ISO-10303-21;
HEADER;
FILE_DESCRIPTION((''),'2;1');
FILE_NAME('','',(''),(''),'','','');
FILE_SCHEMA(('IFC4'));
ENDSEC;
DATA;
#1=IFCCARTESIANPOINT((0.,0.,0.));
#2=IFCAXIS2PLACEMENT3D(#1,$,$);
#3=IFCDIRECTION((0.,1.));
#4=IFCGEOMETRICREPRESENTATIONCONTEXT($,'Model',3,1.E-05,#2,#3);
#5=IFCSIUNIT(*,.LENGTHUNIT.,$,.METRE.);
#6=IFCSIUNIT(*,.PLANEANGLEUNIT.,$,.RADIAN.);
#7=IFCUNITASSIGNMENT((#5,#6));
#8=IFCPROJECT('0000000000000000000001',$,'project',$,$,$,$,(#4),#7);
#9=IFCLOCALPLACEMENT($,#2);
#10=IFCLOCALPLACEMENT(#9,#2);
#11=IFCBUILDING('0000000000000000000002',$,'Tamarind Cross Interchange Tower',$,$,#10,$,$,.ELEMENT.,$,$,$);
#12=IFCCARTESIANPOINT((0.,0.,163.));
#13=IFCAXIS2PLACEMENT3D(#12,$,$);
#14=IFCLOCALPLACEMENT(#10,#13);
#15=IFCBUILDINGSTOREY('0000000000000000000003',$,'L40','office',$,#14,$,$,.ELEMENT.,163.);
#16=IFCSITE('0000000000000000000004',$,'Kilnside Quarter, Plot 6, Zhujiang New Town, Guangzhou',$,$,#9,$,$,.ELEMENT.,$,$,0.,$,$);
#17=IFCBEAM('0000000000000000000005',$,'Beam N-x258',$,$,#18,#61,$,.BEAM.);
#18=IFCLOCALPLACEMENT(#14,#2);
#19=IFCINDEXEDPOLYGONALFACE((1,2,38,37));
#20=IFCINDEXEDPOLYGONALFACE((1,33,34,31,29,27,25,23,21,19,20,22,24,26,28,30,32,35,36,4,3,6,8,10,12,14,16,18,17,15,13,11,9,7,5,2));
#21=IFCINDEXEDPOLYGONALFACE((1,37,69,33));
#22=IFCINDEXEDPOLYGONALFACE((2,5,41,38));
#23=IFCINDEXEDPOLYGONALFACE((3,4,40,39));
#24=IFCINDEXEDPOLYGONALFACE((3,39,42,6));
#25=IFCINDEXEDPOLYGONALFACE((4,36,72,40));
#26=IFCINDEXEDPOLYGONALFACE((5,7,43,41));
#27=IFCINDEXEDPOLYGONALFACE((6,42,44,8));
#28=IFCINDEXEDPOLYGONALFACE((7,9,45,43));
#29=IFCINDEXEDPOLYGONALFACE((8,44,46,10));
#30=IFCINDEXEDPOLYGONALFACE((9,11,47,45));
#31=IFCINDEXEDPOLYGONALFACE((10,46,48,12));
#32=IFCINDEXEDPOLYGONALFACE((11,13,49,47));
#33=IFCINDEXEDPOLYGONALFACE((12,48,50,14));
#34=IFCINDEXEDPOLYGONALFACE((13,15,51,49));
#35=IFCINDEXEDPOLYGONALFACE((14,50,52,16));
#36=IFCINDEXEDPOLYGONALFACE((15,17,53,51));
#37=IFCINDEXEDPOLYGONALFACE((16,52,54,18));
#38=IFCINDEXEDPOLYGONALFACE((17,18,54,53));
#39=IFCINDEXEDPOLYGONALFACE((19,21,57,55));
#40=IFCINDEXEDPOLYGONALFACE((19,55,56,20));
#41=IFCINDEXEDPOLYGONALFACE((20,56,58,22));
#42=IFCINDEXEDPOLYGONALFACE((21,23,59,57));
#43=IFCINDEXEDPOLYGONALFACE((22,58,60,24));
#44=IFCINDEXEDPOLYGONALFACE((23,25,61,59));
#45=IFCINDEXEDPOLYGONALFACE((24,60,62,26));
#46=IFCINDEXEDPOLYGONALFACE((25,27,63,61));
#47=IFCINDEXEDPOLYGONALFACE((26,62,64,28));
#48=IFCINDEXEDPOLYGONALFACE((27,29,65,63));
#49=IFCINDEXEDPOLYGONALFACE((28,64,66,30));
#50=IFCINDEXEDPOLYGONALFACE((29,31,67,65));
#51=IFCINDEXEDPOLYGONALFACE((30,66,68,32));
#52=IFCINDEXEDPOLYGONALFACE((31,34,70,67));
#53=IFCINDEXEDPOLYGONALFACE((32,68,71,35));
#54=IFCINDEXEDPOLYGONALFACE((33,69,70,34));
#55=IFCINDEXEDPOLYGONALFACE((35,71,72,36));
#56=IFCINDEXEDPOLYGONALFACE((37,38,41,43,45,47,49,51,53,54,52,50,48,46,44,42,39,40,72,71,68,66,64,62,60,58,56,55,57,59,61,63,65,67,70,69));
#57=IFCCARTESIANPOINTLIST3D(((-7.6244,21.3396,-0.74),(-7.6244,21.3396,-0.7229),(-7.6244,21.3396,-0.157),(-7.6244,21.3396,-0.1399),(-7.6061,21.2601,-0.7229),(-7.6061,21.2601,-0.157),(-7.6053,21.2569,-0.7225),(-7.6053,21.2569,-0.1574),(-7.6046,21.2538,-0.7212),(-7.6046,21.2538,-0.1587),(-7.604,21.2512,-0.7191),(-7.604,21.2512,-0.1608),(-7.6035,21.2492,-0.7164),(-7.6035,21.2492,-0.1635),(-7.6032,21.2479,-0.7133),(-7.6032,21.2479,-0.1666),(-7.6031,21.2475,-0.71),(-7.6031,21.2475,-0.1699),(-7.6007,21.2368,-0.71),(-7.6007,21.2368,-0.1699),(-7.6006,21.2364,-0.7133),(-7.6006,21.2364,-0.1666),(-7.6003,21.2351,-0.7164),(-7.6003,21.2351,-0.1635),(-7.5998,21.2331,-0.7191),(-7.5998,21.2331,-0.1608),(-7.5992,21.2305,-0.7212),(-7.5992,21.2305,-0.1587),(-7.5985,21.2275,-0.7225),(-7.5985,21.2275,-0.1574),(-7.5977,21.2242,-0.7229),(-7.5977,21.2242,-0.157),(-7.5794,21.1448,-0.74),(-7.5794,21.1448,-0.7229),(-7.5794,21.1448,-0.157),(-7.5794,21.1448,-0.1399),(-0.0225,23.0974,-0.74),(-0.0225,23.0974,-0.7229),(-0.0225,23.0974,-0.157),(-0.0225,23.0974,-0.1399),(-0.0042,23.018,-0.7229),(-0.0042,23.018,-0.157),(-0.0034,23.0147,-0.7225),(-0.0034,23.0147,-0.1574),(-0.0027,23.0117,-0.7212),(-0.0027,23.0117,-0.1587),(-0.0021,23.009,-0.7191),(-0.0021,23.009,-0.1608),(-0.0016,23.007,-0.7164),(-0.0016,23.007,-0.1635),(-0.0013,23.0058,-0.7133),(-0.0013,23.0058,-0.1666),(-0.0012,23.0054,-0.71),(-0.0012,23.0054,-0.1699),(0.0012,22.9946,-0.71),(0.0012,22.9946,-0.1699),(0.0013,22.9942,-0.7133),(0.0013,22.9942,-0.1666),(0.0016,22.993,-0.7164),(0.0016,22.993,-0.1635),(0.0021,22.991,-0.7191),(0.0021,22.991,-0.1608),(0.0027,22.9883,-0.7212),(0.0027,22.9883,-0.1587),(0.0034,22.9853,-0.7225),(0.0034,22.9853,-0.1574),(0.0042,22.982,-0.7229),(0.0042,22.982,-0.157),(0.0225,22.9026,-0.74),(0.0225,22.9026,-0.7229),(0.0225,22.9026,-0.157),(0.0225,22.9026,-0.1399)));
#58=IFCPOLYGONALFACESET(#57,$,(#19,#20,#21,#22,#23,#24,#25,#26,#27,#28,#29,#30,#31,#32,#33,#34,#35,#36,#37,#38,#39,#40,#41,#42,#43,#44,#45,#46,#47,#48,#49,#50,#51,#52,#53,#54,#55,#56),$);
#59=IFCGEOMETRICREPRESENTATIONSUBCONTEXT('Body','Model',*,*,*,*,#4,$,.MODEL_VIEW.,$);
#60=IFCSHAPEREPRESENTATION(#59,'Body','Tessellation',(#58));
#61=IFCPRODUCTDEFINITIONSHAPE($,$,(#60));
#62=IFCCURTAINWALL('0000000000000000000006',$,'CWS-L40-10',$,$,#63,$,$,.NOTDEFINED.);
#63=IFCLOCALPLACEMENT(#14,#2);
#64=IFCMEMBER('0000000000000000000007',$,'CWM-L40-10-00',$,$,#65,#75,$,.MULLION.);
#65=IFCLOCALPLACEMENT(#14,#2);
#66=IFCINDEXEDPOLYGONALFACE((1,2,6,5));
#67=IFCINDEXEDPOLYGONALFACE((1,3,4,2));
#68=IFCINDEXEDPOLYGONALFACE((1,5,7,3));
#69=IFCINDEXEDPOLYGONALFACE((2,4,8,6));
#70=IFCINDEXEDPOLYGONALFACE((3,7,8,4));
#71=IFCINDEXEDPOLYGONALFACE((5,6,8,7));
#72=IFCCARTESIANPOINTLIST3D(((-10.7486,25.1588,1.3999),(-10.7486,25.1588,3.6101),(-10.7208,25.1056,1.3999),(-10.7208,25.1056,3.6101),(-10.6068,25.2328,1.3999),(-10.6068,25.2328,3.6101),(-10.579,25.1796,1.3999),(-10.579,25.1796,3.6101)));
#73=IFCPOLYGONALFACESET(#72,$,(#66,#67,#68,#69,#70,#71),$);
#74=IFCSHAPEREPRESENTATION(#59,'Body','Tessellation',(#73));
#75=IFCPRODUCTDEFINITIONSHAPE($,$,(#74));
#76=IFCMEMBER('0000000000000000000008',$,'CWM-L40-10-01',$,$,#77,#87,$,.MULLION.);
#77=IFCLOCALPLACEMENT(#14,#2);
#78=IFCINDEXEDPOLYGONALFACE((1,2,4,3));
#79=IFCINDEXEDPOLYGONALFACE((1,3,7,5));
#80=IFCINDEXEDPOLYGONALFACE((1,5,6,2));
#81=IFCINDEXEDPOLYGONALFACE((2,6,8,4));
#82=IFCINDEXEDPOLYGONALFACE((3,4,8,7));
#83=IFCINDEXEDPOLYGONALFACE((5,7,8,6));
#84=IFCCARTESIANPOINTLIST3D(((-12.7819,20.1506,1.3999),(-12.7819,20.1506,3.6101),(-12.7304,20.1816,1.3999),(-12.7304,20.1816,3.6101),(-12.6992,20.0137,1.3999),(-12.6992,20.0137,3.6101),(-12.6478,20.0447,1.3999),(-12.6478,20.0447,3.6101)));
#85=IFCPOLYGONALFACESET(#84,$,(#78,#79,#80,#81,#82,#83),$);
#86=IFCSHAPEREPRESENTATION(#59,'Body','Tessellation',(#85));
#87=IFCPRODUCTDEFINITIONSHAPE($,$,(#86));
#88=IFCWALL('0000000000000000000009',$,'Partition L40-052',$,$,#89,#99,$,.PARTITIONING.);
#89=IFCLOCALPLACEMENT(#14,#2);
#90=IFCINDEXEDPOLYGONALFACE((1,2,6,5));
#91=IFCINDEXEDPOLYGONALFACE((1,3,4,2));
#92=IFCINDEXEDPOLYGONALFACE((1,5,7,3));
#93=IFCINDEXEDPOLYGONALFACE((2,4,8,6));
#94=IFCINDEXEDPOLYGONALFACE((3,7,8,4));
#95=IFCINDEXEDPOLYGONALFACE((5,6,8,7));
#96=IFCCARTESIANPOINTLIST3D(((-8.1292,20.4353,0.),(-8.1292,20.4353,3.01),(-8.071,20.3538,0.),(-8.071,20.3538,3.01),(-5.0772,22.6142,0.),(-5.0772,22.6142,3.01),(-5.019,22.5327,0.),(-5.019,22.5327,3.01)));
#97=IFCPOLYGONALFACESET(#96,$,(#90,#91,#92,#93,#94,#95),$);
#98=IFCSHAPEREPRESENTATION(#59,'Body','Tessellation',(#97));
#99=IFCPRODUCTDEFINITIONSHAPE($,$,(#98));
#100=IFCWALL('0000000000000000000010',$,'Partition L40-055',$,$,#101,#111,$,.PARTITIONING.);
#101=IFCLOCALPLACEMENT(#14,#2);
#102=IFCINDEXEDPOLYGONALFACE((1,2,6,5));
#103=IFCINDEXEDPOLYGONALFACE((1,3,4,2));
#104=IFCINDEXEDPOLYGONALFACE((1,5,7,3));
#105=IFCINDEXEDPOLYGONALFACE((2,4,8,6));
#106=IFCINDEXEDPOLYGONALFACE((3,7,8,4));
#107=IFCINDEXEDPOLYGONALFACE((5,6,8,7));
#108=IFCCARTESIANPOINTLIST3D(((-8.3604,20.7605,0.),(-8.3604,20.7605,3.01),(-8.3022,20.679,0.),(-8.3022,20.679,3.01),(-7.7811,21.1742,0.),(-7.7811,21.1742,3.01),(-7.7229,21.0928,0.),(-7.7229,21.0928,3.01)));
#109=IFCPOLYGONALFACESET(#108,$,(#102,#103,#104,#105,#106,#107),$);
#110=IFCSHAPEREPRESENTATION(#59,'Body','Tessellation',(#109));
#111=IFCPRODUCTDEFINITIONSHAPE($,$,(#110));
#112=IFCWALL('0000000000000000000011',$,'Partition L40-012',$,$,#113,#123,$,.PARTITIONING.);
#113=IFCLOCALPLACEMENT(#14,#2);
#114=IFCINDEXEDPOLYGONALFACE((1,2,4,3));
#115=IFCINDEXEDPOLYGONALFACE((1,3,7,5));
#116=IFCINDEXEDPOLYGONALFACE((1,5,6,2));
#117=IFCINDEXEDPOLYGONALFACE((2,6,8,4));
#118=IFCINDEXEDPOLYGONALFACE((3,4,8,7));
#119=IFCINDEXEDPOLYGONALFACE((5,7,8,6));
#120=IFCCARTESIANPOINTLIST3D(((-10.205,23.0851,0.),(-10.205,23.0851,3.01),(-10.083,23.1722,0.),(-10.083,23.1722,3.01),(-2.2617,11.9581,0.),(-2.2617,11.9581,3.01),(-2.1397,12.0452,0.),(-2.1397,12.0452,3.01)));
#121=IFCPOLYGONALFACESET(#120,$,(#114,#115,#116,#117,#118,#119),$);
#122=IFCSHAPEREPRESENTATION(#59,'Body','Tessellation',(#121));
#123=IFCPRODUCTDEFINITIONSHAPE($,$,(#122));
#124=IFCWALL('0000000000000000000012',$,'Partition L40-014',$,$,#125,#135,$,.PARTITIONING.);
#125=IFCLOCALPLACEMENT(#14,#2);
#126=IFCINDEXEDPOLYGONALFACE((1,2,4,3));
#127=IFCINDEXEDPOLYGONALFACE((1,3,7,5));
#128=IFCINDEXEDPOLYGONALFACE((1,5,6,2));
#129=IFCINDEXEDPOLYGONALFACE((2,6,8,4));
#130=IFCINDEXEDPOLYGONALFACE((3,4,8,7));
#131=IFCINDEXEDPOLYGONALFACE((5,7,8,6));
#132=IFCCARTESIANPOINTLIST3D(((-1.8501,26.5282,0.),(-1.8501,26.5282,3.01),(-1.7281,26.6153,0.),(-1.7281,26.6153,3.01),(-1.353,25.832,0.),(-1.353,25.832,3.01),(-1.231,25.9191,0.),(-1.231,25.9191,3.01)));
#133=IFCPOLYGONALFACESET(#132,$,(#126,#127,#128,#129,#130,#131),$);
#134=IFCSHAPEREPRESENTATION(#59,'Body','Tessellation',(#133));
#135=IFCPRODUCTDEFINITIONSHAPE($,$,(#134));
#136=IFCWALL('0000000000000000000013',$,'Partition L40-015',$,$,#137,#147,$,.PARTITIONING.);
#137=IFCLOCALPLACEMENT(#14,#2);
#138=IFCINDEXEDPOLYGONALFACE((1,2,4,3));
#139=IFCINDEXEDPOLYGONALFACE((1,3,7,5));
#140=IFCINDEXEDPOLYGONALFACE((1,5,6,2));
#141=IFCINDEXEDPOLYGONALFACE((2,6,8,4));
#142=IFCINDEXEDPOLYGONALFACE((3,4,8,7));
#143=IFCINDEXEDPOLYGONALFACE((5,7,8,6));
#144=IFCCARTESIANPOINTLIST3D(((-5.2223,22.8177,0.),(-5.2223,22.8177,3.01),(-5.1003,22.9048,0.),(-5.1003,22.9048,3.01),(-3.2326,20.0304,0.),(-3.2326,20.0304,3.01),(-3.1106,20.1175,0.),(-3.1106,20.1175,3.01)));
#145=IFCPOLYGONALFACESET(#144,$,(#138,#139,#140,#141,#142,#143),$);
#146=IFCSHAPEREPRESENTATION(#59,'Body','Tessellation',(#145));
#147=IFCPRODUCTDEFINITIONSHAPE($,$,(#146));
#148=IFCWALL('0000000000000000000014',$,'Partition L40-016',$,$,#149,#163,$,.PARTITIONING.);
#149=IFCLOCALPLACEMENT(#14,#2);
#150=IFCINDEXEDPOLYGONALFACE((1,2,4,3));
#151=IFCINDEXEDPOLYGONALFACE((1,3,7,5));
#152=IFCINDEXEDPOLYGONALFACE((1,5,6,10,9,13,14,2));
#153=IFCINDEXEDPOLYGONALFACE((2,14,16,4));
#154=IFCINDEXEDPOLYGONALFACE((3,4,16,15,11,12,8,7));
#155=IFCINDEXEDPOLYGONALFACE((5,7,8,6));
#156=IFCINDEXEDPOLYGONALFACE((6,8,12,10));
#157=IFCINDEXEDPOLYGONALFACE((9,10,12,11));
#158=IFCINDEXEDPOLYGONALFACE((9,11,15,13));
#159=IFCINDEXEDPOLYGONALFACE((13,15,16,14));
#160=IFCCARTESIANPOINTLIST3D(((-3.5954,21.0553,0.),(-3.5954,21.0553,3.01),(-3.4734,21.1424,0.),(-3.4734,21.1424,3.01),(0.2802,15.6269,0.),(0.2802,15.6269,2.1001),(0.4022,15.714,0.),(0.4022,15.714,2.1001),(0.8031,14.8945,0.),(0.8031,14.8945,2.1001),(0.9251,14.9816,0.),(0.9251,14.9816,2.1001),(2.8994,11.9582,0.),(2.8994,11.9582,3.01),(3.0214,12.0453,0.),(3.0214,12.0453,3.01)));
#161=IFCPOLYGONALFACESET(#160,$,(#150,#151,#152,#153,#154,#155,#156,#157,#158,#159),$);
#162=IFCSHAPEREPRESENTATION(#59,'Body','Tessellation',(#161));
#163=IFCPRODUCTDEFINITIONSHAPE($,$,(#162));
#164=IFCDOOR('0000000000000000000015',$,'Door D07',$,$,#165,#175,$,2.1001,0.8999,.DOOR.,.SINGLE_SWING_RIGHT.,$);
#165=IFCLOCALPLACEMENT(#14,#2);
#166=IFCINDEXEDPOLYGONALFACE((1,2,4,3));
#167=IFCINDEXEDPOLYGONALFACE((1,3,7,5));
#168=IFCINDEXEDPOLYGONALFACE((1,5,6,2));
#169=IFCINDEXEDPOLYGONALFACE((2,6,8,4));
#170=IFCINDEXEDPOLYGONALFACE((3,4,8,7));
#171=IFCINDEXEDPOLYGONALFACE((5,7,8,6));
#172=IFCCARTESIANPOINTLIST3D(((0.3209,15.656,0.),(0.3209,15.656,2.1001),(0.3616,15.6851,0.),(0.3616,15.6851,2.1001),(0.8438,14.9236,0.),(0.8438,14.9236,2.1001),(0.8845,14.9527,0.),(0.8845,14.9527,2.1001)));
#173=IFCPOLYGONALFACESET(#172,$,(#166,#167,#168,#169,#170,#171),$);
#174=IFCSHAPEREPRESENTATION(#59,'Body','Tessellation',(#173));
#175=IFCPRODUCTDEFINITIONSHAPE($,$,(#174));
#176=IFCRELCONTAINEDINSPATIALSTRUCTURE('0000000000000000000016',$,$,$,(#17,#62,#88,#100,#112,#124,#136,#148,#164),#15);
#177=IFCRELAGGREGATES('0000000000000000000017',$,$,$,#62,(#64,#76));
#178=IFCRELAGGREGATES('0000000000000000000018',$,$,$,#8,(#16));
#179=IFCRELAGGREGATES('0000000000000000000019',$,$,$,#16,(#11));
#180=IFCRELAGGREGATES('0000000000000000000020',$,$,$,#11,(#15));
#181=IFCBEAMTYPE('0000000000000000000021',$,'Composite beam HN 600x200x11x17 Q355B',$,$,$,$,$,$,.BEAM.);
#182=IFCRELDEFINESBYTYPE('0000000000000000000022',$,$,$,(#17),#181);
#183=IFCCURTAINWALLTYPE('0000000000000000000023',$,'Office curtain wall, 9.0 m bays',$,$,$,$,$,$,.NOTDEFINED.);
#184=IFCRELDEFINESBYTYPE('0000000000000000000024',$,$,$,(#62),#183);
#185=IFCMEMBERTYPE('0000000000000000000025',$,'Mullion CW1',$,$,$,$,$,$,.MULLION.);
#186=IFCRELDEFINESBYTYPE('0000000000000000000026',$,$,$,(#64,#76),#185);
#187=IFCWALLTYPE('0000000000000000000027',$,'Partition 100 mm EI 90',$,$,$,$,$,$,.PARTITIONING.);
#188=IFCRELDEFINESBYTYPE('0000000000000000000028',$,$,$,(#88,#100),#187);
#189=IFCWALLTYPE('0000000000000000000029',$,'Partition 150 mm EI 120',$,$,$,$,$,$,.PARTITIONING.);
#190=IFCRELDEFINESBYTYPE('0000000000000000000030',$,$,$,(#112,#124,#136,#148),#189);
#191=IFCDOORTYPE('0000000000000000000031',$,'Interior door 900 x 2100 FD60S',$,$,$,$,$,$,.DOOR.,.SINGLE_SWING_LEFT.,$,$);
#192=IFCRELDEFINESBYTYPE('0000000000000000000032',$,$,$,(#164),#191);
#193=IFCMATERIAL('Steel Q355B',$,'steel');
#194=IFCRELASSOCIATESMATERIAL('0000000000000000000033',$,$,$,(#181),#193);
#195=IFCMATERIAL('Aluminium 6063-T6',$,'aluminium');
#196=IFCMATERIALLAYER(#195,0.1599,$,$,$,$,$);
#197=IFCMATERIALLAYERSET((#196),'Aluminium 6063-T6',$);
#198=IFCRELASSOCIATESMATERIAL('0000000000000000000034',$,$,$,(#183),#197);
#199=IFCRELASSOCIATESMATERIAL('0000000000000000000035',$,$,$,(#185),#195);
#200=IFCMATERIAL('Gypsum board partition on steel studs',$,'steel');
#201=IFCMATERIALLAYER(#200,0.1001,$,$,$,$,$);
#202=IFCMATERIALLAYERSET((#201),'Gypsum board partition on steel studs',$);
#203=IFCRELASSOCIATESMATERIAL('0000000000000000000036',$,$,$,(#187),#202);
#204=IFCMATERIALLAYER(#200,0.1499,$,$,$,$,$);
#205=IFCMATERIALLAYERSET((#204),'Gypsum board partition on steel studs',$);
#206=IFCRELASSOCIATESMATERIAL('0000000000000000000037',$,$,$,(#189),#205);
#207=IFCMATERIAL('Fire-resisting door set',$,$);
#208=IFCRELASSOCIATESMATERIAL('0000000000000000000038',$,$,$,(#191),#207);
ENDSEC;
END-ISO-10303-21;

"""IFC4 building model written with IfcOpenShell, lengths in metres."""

from ifc_helpers import new_model, si_unit, direction, frame, frame_2d, origin, origin_2d, place, context, subcontext, project, spatial, rectangle, i_section, extrude, material, layer, layer_set, material_profile, profile_set, type_object, element, fill, aggregate, save


model = new_model("IFC4")

# Units and contexts
model_context = context("Model", 3, precision=1e-05, world=origin(), true_north=direction((0.0, 1.0)))
body_context = subcontext(model_context, "Body", "Model", "MODEL_VIEW")
ifc_project = project(units=[si_unit("LENGTHUNIT", "METRE"), si_unit("PLANEANGLEUNIT", "RADIAN")], contexts=[model_context])

# Site, building, storey
site_placement = place(None, origin())
site = spatial("IfcSite", under=ifc_project, at=site_placement, Name="Kilnside Quarter, Plot 6, Zhujiang New Town, Guangzhou", CompositionType="ELEMENT", RefElevation=0.0)
building_placement = place(site_placement, origin())
building = spatial("IfcBuilding", under=site, at=building_placement, Name="Tamarind Cross Interchange Tower", CompositionType="ELEMENT")
storey_placement = place(building_placement, frame((0.0, 0.0, 163.0)))
storey = spatial("IfcBuildingStorey", under=building, at=storey_placement, Name="L40", Description="office", CompositionType="ELEMENT", Elevation=163.0)

# Beam
ifc_material_1 = material(Name="Steel Q355B", Category="steel")
ifc_material_profile_1 = material_profile(ifc_material_1, i_section(OverallWidth=0.2, OverallDepth=0.6001, WebThickness=0.011, FlangeThickness=0.0171, FilletRadius=0.0129, at=origin_2d()), Name="HN 600x200x11x17")
ifc_profile_set_1 = profile_set([ifc_material_profile_1], Name="Steel Q355B")
beam_type_1 = type_object("IfcBeamType", Name="Composite beam HN 600x200x11x17 Q355B", PredefinedType="BEAM", material=ifc_profile_set_1)
beam_1_placement = place(storey_placement, frame((0.0, 23.0, -0.4399), z_axis=(-0.974291, -0.225291, 0.0), x_axis=(0.225291, -0.974291, 0.0)))
element("IfcBeam", 1, at=beam_1_placement, inside=storey, type_object=beam_type_1, Name="Beam N-x258", PredefinedType="BEAM", context=body_context, shape_type="SweptSolid", body=[
    extrude(i_section(OverallWidth=0.2, OverallDepth=0.6001, WebThickness=0.011, FlangeThickness=0.0171, FilletRadius=0.0129, at=origin_2d()), origin(), (0.0, 0.0, 1.0), 7.8025),
])

# Curtain wall, members
ifc_material_2 = material(Name="Aluminium 6063-T6", Category="aluminium")
ifc_layer_1 = layer(ifc_material_2, 0.1599)
ifc_layer_set_1 = layer_set([ifc_layer_1], Name="Aluminium 6063-T6")
curtain_wall_type = type_object("IfcCurtainWallType", Name="Office curtain wall, 9.0 m bays", PredefinedType="NOTDEFINED", material=ifc_layer_set_1)
curtain_wall_placement = place(storey_placement, origin())
curtain_wall = element("IfcCurtainWall", 2, at=curtain_wall_placement, inside=storey, type_object=curtain_wall_type, Name="CWS-L40-10", PredefinedType="NOTDEFINED")
ifc_material_profile_2 = material_profile(ifc_material_2, rectangle(XDim=0.0601, YDim=0.1599, at=origin_2d()), Name="Mullion CW1")
ifc_profile_set_2 = profile_set([ifc_material_profile_2], Name="Aluminium 6063-T6")
member_type = type_object("IfcMemberType", Name="Mullion CW1", PredefinedType="MULLION", material=ifc_profile_set_2)
member_1_placement = place(storey_placement, frame((-10.6638, 25.1692, 1.3999), z_axis=(0.0, 0.0, 1.0), x_axis=(0.462721, -0.886504, 0.0)))
member_1 = element("IfcMember", 3, at=member_1_placement, type_object=member_type, Name="CWM-L40-10-00", PredefinedType="MULLION", context=body_context, shape_type="SweptSolid", body=[
    extrude(rectangle(XDim=0.0601, YDim=0.1599, at=origin_2d()), origin(), (0.0, 0.0, 1.0), 2.2102),
])
member_2_placement = place(storey_placement, frame((-12.7148, 20.0977, 1.3999), z_axis=(0.0, 0.0, 1.0), x_axis=(-0.856156, -0.516717, 0.0)))
member_2 = element("IfcMember", 4, at=member_2_placement, type_object=member_type, Name="CWM-L40-10-01", PredefinedType="MULLION", context=body_context, shape_type="SweptSolid", body=[
    extrude(rectangle(XDim=0.0601, YDim=0.1599, at=origin_2d()), origin(), (0.0, 0.0, 1.0), 2.2102),
])
aggregate(curtain_wall, [member_1, member_2])

# Walls
ifc_material_3 = material(Name="Gypsum board partition on steel studs", Category="steel")
ifc_layer_2 = layer(ifc_material_3, 0.1001)
ifc_layer_set_2 = layer_set([ifc_layer_2], Name="Gypsum board partition on steel studs")
wall_type_1 = type_object("IfcWallType", Name="Partition 100 mm EI 90", PredefinedType="PARTITIONING", material=ifc_layer_set_2)
wall_1_placement = place(storey_placement, frame((-8.1001, 20.3945, 0.0), z_axis=(0.0, 0.0, 1.0), x_axis=(0.813865, 0.581053, 0.0)))
element("IfcWall", 5, at=wall_1_placement, inside=storey, type_object=wall_type_1, Name="Partition L40-052", PredefinedType="PARTITIONING", context=body_context, shape_type="SweptSolid", body=[
    extrude(rectangle(XDim=3.75, YDim=0.1001, at=frame_2d((1.875, 0.0))), origin(), (0.0, 0.0, 1.0), 3.01),
])
wall_2_placement = place(storey_placement, frame((-8.3313, 20.7197, 0.0), z_axis=(0.0, 0.0, 1.0), x_axis=(0.813733, 0.581238, 0.0)))
element("IfcWall", 6, at=wall_2_placement, inside=storey, type_object=wall_type_1, Name="Partition L40-055", PredefinedType="PARTITIONING", context=body_context, shape_type="SweptSolid", body=[
    extrude(rectangle(XDim=0.7119, YDim=0.1001, at=frame_2d((0.356, 0.0))), origin(), (0.0, 0.0, 1.0), 3.01),
])
ifc_layer_3 = layer(ifc_material_3, 0.1499)
ifc_layer_set_3 = layer_set([ifc_layer_3], Name="Gypsum board partition on steel studs")
wall_type_2 = type_object("IfcWallType", Name="Partition 150 mm EI 120", PredefinedType="PARTITIONING", material=ifc_layer_set_3)
wall_3_placement = place(storey_placement, frame((-10.144, 23.1287, 0.0), z_axis=(0.0, 0.0, 1.0), x_axis=(0.581022, -0.813888, 0.0)))
element("IfcWall", 7, at=wall_3_placement, inside=storey, type_object=wall_type_2, Name="Partition L40-012", PredefinedType="PARTITIONING", context=body_context, shape_type="SweptSolid", body=[
    extrude(rectangle(XDim=13.6714, YDim=0.1499, at=frame_2d((6.8357, 0.0))), origin(), (0.0, 0.0, 1.0), 3.01),
])
wall_4_placement = place(storey_placement, frame((-1.7891, 26.5718, 0.0), z_axis=(0.0, 0.0, 1.0), x_axis=(0.581022, -0.813888, 0.0)))
element("IfcWall", 8, at=wall_4_placement, inside=storey, type_object=wall_type_2, Name="Partition L40-014", PredefinedType="PARTITIONING", context=body_context, shape_type="SweptSolid", body=[
    extrude(rectangle(XDim=0.8555, YDim=0.1499, at=frame_2d((0.4277, 0.0))), origin(), (0.0, 0.0, 1.0), 3.01),
])
wall_5_placement = place(storey_placement, frame((-5.1614, 22.8613, 0.0), z_axis=(0.0, 0.0, 1.0), x_axis=(0.581002, -0.813902, 0.0)))
element("IfcWall", 9, at=wall_5_placement, inside=storey, type_object=wall_type_2, Name="Partition L40-015", PredefinedType="PARTITIONING", context=body_context, shape_type="SweptSolid", body=[
    extrude(rectangle(XDim=3.4246, YDim=0.1499, at=frame_2d((1.7124, 0.0))), origin(), (0.0, 0.0, 1.0), 3.01),
])

# Wall, opening, door
wall_6_placement = place(storey_placement, frame((-3.5344, 21.0989, 0.0), z_axis=(0.0, 0.0, 1.0), x_axis=(0.581054, -0.813865, 0.0)))
wall_6 = element("IfcWall", 10, at=wall_6_placement, inside=storey, type_object=wall_type_2, Name="Partition L40-016", PredefinedType="PARTITIONING", context=body_context, shape_type="SweptSolid", body=[
    extrude(rectangle(XDim=11.1777, YDim=0.1499, at=frame_2d((5.5889, 0.0))), origin(), (0.0, 0.0, 1.0), 3.01),
])
opening_1_placement = place(wall_6_placement, frame((6.6699, 0.0, 0.0)))
opening_1 = element("IfcOpeningElement", 11, at=opening_1_placement, cuts=wall_6, PredefinedType="OPENING", context=body_context, shape_type="SweptSolid", body=[
    extrude(rectangle(XDim=0.8999, YDim=2.1001, at=frame_2d((0.45, 1.05))), frame((0.0, 0.085, 0.0), z_axis=(0.0, -1.0, 0.0), x_axis=(1.0, 0.0, 0.0)), (0.0, 0.0, 1.0), 0.1699),
])
ifc_material_4 = material(Name="Fire-resisting door set")
door_type_1 = type_object("IfcDoorType", Name="Interior door 900 x 2100 FD60S", OperationType="SINGLE_SWING_LEFT", PredefinedType="DOOR", material=ifc_material_4)
door_1_placement = place(opening_1_placement, frame((0.8999, 0.0, 0.0), z_axis=(0.0, 0.0, 1.0), x_axis=(-1.0, 0.0, 0.0)))
door_1 = element("IfcDoor", 12, at=door_1_placement, inside=storey, type_object=door_type_1, Name="Door D07", OperationType="SINGLE_SWING_RIGHT", OverallHeight=2.1001, OverallWidth=0.8999, PredefinedType="DOOR", context=body_context, shape_type="SweptSolid", body=[
    extrude(rectangle(XDim=0.8999, YDim=2.1001, at=frame_2d((0.45, 1.05))), frame((0.0, 0.0249, 0.0), z_axis=(0.0, -1.0, 0.0), x_axis=(1.0, 0.0, 0.0)), (0.0, 0.0, 1.0), 0.05),
])
fill(opening_1, door_1)

save(model, "model.ifc")
